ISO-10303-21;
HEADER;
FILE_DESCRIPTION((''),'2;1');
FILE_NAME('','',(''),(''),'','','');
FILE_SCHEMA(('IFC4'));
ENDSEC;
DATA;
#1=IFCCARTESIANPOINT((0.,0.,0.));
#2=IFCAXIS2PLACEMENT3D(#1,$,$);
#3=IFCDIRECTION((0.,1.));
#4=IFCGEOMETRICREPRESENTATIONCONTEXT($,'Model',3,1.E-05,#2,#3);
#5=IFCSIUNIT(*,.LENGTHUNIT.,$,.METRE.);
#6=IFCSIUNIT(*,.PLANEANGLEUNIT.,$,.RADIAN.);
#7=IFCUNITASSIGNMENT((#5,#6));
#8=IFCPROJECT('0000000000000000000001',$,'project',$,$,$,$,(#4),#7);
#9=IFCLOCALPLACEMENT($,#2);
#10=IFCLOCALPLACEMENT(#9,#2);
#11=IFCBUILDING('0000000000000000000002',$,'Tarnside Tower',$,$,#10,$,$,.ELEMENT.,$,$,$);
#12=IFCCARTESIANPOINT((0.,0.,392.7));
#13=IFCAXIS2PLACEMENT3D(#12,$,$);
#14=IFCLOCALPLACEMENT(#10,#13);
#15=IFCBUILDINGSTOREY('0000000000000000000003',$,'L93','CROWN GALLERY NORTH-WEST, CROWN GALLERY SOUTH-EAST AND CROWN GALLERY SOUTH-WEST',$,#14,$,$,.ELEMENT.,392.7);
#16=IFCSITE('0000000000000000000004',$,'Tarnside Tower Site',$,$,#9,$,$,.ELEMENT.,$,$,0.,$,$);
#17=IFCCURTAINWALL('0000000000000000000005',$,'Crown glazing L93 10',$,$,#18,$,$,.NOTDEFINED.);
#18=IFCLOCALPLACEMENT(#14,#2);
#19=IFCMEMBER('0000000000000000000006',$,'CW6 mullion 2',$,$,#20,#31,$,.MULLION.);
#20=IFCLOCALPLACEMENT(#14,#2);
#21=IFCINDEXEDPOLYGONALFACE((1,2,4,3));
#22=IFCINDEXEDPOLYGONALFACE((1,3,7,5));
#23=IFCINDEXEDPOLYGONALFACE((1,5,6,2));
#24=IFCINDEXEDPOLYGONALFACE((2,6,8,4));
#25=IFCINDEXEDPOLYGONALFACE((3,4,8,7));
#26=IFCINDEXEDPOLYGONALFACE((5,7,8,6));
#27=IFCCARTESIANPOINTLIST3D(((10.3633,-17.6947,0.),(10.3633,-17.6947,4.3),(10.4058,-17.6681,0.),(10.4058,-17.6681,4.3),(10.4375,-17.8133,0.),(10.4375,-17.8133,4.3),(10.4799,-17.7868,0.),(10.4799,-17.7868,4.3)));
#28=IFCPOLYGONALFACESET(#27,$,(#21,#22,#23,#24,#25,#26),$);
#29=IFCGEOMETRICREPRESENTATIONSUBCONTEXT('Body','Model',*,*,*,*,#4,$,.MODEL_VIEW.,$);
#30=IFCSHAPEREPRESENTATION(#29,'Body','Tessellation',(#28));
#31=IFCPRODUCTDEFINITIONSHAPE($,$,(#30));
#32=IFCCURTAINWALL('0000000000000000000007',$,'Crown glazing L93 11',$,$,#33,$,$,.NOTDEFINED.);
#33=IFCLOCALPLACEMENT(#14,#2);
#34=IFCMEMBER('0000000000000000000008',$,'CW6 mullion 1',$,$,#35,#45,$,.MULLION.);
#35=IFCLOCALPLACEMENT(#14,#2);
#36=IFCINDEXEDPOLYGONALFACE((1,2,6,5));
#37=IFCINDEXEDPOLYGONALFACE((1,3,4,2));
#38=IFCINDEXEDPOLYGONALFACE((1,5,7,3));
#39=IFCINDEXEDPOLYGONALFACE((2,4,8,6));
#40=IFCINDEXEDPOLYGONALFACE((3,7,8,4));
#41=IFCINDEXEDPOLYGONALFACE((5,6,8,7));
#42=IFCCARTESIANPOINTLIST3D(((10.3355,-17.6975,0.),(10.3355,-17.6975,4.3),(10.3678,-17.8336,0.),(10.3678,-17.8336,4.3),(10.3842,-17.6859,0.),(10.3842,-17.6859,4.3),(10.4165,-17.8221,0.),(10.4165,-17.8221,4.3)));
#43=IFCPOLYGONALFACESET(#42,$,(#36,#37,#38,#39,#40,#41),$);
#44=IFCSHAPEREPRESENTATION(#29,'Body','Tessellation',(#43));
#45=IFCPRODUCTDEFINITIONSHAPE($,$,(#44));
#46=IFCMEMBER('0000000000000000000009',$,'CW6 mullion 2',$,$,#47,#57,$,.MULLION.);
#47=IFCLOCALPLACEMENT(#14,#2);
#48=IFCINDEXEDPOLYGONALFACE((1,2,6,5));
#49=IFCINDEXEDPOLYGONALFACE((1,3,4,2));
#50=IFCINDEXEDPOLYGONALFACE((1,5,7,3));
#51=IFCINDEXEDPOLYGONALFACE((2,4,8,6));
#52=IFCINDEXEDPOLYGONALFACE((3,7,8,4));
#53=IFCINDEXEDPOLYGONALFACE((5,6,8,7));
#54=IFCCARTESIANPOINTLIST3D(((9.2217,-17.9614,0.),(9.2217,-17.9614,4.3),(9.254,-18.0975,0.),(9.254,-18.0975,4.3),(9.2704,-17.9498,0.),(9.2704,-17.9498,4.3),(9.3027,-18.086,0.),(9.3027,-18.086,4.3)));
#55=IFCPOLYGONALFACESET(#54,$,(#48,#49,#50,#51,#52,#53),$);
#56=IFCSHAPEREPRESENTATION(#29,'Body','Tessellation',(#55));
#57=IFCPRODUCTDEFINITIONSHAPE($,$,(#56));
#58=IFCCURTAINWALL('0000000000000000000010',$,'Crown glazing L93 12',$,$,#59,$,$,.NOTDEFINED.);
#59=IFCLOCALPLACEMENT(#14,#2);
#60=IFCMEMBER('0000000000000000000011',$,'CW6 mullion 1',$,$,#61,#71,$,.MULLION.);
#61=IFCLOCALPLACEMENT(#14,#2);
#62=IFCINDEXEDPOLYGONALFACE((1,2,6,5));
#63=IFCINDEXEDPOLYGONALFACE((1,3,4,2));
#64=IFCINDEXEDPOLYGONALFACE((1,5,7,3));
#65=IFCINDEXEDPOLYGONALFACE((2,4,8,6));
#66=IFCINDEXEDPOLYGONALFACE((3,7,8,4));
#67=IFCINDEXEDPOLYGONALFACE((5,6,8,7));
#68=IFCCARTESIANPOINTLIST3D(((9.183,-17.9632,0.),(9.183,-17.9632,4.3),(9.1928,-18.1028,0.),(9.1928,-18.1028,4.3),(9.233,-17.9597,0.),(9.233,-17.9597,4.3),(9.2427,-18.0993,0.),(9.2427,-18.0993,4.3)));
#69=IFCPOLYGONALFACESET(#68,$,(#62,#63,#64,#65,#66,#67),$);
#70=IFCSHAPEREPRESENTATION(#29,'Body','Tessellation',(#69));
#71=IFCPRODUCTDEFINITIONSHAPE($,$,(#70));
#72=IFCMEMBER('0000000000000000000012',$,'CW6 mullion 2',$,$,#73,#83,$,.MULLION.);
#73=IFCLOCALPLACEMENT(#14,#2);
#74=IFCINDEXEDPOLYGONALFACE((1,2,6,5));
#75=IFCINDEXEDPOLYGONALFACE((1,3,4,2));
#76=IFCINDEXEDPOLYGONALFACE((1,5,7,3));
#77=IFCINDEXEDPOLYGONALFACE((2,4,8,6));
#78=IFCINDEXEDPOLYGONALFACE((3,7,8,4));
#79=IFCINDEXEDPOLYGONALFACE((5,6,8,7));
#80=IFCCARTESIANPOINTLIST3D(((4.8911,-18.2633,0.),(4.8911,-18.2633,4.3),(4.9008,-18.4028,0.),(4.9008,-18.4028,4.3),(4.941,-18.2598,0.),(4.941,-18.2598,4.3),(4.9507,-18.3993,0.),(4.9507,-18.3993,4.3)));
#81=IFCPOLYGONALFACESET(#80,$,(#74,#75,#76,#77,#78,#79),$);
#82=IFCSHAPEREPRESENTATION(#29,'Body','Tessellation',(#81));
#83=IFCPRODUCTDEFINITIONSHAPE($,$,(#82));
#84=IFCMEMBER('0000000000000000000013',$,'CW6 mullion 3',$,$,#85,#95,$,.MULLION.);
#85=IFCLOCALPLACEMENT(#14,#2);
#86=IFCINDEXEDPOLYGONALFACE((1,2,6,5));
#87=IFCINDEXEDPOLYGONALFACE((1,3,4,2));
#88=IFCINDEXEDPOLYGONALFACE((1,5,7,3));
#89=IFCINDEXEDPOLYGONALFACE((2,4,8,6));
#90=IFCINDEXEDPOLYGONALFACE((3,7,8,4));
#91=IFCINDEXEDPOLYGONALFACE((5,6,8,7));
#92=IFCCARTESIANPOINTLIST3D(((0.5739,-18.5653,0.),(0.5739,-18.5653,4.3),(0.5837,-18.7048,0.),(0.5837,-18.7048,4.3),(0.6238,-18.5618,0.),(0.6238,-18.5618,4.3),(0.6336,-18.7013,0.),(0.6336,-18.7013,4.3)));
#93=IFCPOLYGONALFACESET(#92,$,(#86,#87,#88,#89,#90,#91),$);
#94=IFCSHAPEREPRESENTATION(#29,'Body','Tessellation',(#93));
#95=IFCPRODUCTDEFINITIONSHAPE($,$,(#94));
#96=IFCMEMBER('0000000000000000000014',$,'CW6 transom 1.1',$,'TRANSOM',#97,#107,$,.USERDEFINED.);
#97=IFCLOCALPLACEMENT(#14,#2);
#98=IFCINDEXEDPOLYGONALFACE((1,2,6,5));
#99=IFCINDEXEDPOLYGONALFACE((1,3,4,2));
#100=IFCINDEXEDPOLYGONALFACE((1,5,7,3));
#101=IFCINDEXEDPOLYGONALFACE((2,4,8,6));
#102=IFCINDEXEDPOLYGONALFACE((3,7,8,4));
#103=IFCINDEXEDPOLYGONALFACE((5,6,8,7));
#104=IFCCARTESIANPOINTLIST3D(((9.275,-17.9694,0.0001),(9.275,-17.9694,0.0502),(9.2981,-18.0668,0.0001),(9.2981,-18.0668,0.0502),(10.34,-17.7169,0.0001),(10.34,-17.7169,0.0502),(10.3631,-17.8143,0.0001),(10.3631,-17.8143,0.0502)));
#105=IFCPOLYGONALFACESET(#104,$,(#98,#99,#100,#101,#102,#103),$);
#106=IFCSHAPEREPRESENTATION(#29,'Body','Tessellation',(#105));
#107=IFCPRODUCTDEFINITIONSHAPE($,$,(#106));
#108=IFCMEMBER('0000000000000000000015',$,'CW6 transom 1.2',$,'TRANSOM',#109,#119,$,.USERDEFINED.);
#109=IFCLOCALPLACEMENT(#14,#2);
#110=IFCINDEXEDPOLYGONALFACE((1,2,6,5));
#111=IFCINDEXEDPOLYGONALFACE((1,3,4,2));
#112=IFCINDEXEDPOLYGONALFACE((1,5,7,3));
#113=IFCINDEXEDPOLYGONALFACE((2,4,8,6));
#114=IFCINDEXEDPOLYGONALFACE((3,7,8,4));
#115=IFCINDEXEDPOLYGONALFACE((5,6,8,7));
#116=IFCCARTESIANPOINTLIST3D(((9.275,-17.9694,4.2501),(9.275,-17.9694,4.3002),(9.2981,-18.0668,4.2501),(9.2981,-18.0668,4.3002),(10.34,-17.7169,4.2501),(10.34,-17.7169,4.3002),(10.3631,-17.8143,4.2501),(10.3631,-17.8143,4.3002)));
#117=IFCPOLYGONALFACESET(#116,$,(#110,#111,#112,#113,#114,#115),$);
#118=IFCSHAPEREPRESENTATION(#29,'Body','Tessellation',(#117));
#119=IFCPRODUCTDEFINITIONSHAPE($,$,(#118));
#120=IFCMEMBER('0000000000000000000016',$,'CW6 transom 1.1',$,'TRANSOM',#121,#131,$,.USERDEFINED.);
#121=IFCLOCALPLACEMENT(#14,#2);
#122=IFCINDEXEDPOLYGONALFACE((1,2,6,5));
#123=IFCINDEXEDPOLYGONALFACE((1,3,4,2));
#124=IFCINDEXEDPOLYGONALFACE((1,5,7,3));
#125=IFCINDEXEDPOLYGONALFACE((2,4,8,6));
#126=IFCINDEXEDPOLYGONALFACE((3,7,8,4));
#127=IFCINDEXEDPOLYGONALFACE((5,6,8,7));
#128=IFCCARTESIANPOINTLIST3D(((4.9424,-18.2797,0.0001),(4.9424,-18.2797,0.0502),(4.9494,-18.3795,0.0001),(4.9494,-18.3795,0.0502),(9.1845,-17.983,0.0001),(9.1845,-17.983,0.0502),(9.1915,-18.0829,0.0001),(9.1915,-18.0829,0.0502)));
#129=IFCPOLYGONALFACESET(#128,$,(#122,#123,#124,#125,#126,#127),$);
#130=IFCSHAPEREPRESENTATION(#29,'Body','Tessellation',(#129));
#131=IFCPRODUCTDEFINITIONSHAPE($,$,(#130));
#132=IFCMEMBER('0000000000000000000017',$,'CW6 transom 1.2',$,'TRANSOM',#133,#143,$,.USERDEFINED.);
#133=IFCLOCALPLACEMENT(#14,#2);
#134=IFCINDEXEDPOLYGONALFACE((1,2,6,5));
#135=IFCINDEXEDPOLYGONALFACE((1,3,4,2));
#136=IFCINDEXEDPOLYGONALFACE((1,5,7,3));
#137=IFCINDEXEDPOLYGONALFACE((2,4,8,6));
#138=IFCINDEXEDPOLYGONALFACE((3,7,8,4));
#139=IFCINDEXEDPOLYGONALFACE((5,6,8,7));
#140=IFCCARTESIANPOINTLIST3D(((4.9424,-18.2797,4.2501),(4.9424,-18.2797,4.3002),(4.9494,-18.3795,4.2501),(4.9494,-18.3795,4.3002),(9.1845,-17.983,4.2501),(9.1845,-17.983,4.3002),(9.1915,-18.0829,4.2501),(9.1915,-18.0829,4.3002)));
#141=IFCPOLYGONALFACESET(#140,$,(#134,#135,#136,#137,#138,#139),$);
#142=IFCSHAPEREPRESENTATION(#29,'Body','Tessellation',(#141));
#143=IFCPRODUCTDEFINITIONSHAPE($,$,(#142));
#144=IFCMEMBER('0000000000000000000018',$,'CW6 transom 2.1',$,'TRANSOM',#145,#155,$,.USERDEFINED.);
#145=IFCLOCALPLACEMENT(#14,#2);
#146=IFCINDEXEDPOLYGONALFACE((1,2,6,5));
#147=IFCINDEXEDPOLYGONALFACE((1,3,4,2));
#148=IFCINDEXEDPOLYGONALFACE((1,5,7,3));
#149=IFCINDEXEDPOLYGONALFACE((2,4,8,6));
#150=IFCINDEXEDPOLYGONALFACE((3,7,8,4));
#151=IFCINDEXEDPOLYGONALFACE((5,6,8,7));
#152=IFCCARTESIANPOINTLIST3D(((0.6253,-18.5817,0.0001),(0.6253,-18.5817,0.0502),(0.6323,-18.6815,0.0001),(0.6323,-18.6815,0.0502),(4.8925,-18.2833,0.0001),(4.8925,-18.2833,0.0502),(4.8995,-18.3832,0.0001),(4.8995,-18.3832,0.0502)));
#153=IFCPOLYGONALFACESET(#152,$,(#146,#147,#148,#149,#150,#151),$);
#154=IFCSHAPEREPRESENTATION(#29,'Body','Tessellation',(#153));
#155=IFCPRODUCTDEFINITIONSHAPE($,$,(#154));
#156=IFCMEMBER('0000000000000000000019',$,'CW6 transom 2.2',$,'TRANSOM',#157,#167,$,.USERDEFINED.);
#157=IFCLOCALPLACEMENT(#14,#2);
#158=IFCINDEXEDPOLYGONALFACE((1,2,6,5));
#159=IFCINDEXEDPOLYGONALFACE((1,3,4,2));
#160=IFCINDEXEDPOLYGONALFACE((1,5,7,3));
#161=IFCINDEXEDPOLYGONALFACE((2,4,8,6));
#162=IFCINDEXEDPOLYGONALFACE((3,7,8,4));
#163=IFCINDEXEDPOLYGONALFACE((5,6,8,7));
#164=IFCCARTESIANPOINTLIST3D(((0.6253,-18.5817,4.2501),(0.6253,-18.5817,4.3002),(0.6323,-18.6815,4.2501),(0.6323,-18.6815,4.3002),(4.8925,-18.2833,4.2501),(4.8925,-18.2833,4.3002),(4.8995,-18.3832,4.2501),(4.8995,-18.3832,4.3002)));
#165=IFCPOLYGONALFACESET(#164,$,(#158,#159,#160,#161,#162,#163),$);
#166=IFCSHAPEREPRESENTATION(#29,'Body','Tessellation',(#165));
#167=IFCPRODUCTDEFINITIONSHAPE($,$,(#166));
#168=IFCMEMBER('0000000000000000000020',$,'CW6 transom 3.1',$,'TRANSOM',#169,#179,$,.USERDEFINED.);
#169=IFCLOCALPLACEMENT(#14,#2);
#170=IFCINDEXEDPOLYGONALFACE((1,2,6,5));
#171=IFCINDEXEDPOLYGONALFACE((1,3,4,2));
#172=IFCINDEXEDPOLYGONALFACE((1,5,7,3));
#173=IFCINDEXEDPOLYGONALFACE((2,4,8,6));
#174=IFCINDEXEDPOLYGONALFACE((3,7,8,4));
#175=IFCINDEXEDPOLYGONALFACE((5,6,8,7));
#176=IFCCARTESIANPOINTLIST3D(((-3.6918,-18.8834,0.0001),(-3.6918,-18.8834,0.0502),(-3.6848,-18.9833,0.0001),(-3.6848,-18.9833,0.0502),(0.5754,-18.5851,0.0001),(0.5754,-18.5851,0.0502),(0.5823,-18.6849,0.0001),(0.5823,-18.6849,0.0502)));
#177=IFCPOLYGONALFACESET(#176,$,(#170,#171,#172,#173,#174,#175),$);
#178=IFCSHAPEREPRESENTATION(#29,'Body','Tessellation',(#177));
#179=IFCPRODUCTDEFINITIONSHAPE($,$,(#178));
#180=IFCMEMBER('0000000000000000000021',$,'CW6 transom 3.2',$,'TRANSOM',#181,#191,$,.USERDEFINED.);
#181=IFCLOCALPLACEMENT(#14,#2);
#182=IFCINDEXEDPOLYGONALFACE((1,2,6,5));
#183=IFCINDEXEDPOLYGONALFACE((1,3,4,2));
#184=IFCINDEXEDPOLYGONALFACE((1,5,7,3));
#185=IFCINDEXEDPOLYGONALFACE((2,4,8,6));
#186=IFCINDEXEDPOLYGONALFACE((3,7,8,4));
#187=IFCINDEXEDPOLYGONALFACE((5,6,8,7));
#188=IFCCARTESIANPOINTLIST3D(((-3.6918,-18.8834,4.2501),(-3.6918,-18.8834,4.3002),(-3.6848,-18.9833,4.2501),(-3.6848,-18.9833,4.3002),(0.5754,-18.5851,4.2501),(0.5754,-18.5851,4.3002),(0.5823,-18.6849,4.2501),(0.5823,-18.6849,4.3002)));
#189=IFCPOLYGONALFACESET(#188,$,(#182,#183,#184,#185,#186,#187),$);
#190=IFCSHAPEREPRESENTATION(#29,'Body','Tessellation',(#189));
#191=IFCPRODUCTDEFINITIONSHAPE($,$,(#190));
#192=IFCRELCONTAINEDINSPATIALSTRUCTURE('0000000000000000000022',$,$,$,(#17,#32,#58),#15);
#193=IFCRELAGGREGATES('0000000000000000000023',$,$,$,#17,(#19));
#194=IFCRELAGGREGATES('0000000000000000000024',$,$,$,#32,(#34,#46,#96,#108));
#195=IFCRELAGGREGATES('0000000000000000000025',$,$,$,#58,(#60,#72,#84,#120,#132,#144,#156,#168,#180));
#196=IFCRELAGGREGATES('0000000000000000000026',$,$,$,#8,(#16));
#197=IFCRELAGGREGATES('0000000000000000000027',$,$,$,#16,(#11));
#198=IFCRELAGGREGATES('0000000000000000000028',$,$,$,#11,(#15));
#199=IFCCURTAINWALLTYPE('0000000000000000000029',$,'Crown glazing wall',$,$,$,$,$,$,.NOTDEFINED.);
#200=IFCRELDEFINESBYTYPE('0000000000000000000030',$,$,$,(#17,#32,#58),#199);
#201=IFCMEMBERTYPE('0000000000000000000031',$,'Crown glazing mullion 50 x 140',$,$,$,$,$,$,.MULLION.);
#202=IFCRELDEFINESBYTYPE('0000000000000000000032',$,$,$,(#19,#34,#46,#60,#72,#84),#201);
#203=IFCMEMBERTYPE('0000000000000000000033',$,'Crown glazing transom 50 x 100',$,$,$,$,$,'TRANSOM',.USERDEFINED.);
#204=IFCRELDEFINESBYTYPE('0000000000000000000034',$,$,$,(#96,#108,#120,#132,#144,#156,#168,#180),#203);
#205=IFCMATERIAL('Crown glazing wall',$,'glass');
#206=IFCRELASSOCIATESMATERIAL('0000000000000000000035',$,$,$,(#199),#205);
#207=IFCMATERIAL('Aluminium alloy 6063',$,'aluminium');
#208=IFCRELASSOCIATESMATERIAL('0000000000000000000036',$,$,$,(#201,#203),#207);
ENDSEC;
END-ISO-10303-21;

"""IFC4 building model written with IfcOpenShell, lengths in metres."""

from ifc_helpers import new_model, si_unit, direction, frame, origin, origin_2d, place, context, subcontext, project, spatial, rectangle, extrude, material, material_profile, profile_set, type_object, element, aggregate, save


model = new_model("IFC4")

# Units and contexts
model_context = context("Model", 3, precision=1e-05, world=origin(), true_north=direction((0.0, 1.0)))
body_context = subcontext(model_context, "Body", "Model", "MODEL_VIEW")
ifc_project = project(units=[si_unit("LENGTHUNIT", "METRE"), si_unit("PLANEANGLEUNIT", "RADIAN")], contexts=[model_context])

# Site, building, storey
site_placement = place(None, origin())
site = spatial("IfcSite", under=ifc_project, at=site_placement, Name="Tarnside Tower Site", CompositionType="ELEMENT", RefElevation=0.0)
building_placement = place(site_placement, origin())
building = spatial("IfcBuilding", under=site, at=building_placement, Name="Tarnside Tower", CompositionType="ELEMENT")
storey_placement = place(building_placement, frame((0.0, 0.0, 392.7)))
storey = spatial("IfcBuildingStorey", under=building, at=storey_placement, Name="L93", Description="CROWN GALLERY NORTH-WEST, CROWN GALLERY SOUTH-EAST AND CROWN GALLERY SOUTH-WEST", CompositionType="ELEMENT", Elevation=392.7)

# Curtain wall, member
ifc_material_1 = material(Name="Crown glazing wall", Category="glass")
curtain_wall_type = type_object("IfcCurtainWallType", Name="Crown glazing wall", PredefinedType="NOTDEFINED", material=ifc_material_1)
curtain_wall_1_placement = place(storey_placement, origin())
curtain_wall_1 = element("IfcCurtainWall", 1, at=curtain_wall_1_placement, inside=storey, type_object=curtain_wall_type, Name="Crown glazing L93 10", PredefinedType="NOTDEFINED")
ifc_material_2 = material(Name="Aluminium alloy 6063", Category="aluminium")
ifc_material_profile_1 = material_profile(ifc_material_2, rectangle(XDim=0.1399, YDim=0.05, at=origin_2d()), Name="Crown glazing mullion 50 x 140")
ifc_profile_set_1 = profile_set([ifc_material_profile_1], Name="Aluminium alloy 6063")
member_type_1 = type_object("IfcMemberType", Name="Crown glazing mullion 50 x 140", PredefinedType="MULLION", material=ifc_profile_set_1)
member_1_placement = place(storey_placement, frame((10.4216, -17.7407, 0.0), z_axis=(0.0, 0.0, 1.0), x_axis=(0.529919, -0.848048, 0.0)))
member_1 = element("IfcMember", 2, at=member_1_placement, type_object=member_type_1, Name="CW6 mullion 2", PredefinedType="MULLION", context=body_context, shape_type="SweptSolid", body=[
    extrude(rectangle(XDim=0.1399, YDim=0.05, at=origin_2d()), origin(), (0.0, 0.0, 1.0), 4.3),
])
aggregate(curtain_wall_1, [member_1])

# Curtain walls, members
curtain_wall_2_placement = place(storey_placement, origin())
curtain_wall_2 = element("IfcCurtainWall", 3, at=curtain_wall_2_placement, inside=storey, type_object=curtain_wall_type, Name="Crown glazing L93 11", PredefinedType="NOTDEFINED")
member_2_placement = place(storey_placement, frame((10.376, -17.7598, 0.0), z_axis=(0.0, 0.0, 1.0), x_axis=(0.230616, -0.973045, 0.0)))
member_2 = element("IfcMember", 4, at=member_2_placement, type_object=member_type_1, Name="CW6 mullion 1", PredefinedType="MULLION", context=body_context, shape_type="SweptSolid", body=[
    extrude(rectangle(XDim=0.1399, YDim=0.05, at=origin_2d()), origin(), (0.0, 0.0, 1.0), 4.3),
])
member_3_placement = place(storey_placement, frame((9.2622, -18.0237, 0.0), z_axis=(0.0, 0.0, 1.0), x_axis=(0.230616, -0.973045, 0.0)))
member_3 = element("IfcMember", 5, at=member_3_placement, type_object=member_type_1, Name="CW6 mullion 2", PredefinedType="MULLION", context=body_context, shape_type="SweptSolid", body=[
    extrude(rectangle(XDim=0.1399, YDim=0.05, at=origin_2d()), origin(), (0.0, 0.0, 1.0), 4.3),
])
curtain_wall_3_placement = place(storey_placement, origin())
curtain_wall_3 = element("IfcCurtainWall", 6, at=curtain_wall_3_placement, inside=storey, type_object=curtain_wall_type, Name="Crown glazing L93 12", PredefinedType="NOTDEFINED")
member_4_placement = place(storey_placement, frame((9.2129, -18.0312, 0.0), z_axis=(0.0, 0.0, 1.0), x_axis=(0.069756, -0.997564, 0.0)))
member_4 = element("IfcMember", 7, at=member_4_placement, type_object=member_type_1, Name="CW6 mullion 1", PredefinedType="MULLION", context=body_context, shape_type="SweptSolid", body=[
    extrude(rectangle(XDim=0.1399, YDim=0.05, at=origin_2d()), origin(), (0.0, 0.0, 1.0), 4.3),
])
member_5_placement = place(storey_placement, frame((4.9209, -18.3313, 0.0), z_axis=(0.0, 0.0, 1.0), x_axis=(0.069756, -0.997564, 0.0)))
member_5 = element("IfcMember", 8, at=member_5_placement, type_object=member_type_1, Name="CW6 mullion 2", PredefinedType="MULLION", context=body_context, shape_type="SweptSolid", body=[
    extrude(rectangle(XDim=0.1399, YDim=0.05, at=origin_2d()), origin(), (0.0, 0.0, 1.0), 4.3),
])
member_6_placement = place(storey_placement, frame((0.6038, -18.6333, 0.0), z_axis=(0.0, 0.0, 1.0), x_axis=(0.069756, -0.997564, 0.0)))
member_6 = element("IfcMember", 9, at=member_6_placement, type_object=member_type_1, Name="CW6 mullion 3", PredefinedType="MULLION", context=body_context, shape_type="SweptSolid", body=[
    extrude(rectangle(XDim=0.1399, YDim=0.05, at=origin_2d()), origin(), (0.0, 0.0, 1.0), 4.3),
])

# Members
ifc_material_profile_2 = material_profile(ifc_material_2, rectangle(XDim=0.1001, YDim=0.05, at=origin_2d()), Name="Crown glazing transom 50 x 100")
ifc_profile_set_2 = profile_set([ifc_material_profile_2], Name="Aluminium alloy 6063")
member_type_2 = type_object("IfcMemberType", Name="Crown glazing transom 50 x 100", ElementType="TRANSOM", PredefinedType="USERDEFINED", material=ifc_profile_set_2)
member_7_placement = place(storey_placement, frame((10.3516, -17.7656, 0.0251), z_axis=(-0.973036, -0.230655, 0.0), x_axis=(0.230655, -0.973036, 0.0)))
member_7 = element("IfcMember", 10, at=member_7_placement, type_object=member_type_2, Name="CW6 transom 1.1", ObjectType="TRANSOM", PredefinedType="USERDEFINED", context=body_context, shape_type="SweptSolid", body=[
    extrude(rectangle(XDim=0.1001, YDim=0.05, at=origin_2d()), origin(), (0.0, 0.0, 1.0), 1.0945),
])
member_8_placement = place(storey_placement, frame((10.3516, -17.7656, 4.2751), z_axis=(-0.973036, -0.230655, 0.0), x_axis=(0.230655, -0.973036, 0.0)))
member_8 = element("IfcMember", 11, at=member_8_placement, type_object=member_type_2, Name="CW6 transom 1.2", ObjectType="TRANSOM", PredefinedType="USERDEFINED", context=body_context, shape_type="SweptSolid", body=[
    extrude(rectangle(XDim=0.1001, YDim=0.05, at=origin_2d()), origin(), (0.0, 0.0, 1.0), 1.0945),
])
member_9_placement = place(storey_placement, frame((9.188, -18.033, 0.0251), z_axis=(-0.997564, -0.069754, 0.0), x_axis=(0.069754, -0.997564, 0.0)))
member_9 = element("IfcMember", 12, at=member_9_placement, type_object=member_type_2, Name="CW6 transom 1.1", ObjectType="TRANSOM", PredefinedType="USERDEFINED", context=body_context, shape_type="SweptSolid", body=[
    extrude(rectangle(XDim=0.1001, YDim=0.05, at=origin_2d()), origin(), (0.0, 0.0, 1.0), 4.2524),
])
member_10_placement = place(storey_placement, frame((9.188, -18.033, 4.2751), z_axis=(-0.997564, -0.069754, 0.0), x_axis=(0.069754, -0.997564, 0.0)))
member_10 = element("IfcMember", 13, at=member_10_placement, type_object=member_type_2, Name="CW6 transom 1.2", ObjectType="TRANSOM", PredefinedType="USERDEFINED", context=body_context, shape_type="SweptSolid", body=[
    extrude(rectangle(XDim=0.1001, YDim=0.05, at=origin_2d()), origin(), (0.0, 0.0, 1.0), 4.2524),
])
member_11_placement = place(storey_placement, frame((4.896, -18.3333, 0.0251), z_axis=(-0.997565, -0.069746, 0.0), x_axis=(0.069746, -0.997565, 0.0)))
member_11 = element("IfcMember", 14, at=member_11_placement, type_object=member_type_2, Name="CW6 transom 2.1", ObjectType="TRANSOM", PredefinedType="USERDEFINED", context=body_context, shape_type="SweptSolid", body=[
    extrude(rectangle(XDim=0.1001, YDim=0.05, at=origin_2d()), origin(), (0.0, 0.0, 1.0), 4.2776),
])
member_12_placement = place(storey_placement, frame((4.896, -18.3333, 4.2751), z_axis=(-0.997565, -0.069746, 0.0), x_axis=(0.069746, -0.997565, 0.0)))
member_12 = element("IfcMember", 15, at=member_12_placement, type_object=member_type_2, Name="CW6 transom 2.2", ObjectType="TRANSOM", PredefinedType="USERDEFINED", context=body_context, shape_type="SweptSolid", body=[
    extrude(rectangle(XDim=0.1001, YDim=0.05, at=origin_2d()), origin(), (0.0, 0.0, 1.0), 4.2776),
])
member_13_placement = place(storey_placement, frame((0.5789, -18.635, 0.0251), z_axis=(-0.997565, -0.069746, 0.0), x_axis=(0.069746, -0.997565, 0.0)))
member_13 = element("IfcMember", 16, at=member_13_placement, type_object=member_type_2, Name="CW6 transom 3.1", ObjectType="TRANSOM", PredefinedType="USERDEFINED", context=body_context, shape_type="SweptSolid", body=[
    extrude(rectangle(XDim=0.1001, YDim=0.05, at=origin_2d()), origin(), (0.0, 0.0, 1.0), 4.2776),
])
member_14_placement = place(storey_placement, frame((0.5789, -18.635, 4.2751), z_axis=(-0.997565, -0.069746, 0.0), x_axis=(0.069746, -0.997565, 0.0)))
member_14 = element("IfcMember", 17, at=member_14_placement, type_object=member_type_2, Name="CW6 transom 3.2", ObjectType="TRANSOM", PredefinedType="USERDEFINED", context=body_context, shape_type="SweptSolid", body=[
    extrude(rectangle(XDim=0.1001, YDim=0.05, at=origin_2d()), origin(), (0.0, 0.0, 1.0), 4.2776),
])

aggregate(curtain_wall_2, [member_2, member_3, member_7, member_8])
aggregate(curtain_wall_3, [member_4, member_5, member_6, member_9, member_10, member_11, member_12, member_13, member_14])

save(model, "model.ifc")
